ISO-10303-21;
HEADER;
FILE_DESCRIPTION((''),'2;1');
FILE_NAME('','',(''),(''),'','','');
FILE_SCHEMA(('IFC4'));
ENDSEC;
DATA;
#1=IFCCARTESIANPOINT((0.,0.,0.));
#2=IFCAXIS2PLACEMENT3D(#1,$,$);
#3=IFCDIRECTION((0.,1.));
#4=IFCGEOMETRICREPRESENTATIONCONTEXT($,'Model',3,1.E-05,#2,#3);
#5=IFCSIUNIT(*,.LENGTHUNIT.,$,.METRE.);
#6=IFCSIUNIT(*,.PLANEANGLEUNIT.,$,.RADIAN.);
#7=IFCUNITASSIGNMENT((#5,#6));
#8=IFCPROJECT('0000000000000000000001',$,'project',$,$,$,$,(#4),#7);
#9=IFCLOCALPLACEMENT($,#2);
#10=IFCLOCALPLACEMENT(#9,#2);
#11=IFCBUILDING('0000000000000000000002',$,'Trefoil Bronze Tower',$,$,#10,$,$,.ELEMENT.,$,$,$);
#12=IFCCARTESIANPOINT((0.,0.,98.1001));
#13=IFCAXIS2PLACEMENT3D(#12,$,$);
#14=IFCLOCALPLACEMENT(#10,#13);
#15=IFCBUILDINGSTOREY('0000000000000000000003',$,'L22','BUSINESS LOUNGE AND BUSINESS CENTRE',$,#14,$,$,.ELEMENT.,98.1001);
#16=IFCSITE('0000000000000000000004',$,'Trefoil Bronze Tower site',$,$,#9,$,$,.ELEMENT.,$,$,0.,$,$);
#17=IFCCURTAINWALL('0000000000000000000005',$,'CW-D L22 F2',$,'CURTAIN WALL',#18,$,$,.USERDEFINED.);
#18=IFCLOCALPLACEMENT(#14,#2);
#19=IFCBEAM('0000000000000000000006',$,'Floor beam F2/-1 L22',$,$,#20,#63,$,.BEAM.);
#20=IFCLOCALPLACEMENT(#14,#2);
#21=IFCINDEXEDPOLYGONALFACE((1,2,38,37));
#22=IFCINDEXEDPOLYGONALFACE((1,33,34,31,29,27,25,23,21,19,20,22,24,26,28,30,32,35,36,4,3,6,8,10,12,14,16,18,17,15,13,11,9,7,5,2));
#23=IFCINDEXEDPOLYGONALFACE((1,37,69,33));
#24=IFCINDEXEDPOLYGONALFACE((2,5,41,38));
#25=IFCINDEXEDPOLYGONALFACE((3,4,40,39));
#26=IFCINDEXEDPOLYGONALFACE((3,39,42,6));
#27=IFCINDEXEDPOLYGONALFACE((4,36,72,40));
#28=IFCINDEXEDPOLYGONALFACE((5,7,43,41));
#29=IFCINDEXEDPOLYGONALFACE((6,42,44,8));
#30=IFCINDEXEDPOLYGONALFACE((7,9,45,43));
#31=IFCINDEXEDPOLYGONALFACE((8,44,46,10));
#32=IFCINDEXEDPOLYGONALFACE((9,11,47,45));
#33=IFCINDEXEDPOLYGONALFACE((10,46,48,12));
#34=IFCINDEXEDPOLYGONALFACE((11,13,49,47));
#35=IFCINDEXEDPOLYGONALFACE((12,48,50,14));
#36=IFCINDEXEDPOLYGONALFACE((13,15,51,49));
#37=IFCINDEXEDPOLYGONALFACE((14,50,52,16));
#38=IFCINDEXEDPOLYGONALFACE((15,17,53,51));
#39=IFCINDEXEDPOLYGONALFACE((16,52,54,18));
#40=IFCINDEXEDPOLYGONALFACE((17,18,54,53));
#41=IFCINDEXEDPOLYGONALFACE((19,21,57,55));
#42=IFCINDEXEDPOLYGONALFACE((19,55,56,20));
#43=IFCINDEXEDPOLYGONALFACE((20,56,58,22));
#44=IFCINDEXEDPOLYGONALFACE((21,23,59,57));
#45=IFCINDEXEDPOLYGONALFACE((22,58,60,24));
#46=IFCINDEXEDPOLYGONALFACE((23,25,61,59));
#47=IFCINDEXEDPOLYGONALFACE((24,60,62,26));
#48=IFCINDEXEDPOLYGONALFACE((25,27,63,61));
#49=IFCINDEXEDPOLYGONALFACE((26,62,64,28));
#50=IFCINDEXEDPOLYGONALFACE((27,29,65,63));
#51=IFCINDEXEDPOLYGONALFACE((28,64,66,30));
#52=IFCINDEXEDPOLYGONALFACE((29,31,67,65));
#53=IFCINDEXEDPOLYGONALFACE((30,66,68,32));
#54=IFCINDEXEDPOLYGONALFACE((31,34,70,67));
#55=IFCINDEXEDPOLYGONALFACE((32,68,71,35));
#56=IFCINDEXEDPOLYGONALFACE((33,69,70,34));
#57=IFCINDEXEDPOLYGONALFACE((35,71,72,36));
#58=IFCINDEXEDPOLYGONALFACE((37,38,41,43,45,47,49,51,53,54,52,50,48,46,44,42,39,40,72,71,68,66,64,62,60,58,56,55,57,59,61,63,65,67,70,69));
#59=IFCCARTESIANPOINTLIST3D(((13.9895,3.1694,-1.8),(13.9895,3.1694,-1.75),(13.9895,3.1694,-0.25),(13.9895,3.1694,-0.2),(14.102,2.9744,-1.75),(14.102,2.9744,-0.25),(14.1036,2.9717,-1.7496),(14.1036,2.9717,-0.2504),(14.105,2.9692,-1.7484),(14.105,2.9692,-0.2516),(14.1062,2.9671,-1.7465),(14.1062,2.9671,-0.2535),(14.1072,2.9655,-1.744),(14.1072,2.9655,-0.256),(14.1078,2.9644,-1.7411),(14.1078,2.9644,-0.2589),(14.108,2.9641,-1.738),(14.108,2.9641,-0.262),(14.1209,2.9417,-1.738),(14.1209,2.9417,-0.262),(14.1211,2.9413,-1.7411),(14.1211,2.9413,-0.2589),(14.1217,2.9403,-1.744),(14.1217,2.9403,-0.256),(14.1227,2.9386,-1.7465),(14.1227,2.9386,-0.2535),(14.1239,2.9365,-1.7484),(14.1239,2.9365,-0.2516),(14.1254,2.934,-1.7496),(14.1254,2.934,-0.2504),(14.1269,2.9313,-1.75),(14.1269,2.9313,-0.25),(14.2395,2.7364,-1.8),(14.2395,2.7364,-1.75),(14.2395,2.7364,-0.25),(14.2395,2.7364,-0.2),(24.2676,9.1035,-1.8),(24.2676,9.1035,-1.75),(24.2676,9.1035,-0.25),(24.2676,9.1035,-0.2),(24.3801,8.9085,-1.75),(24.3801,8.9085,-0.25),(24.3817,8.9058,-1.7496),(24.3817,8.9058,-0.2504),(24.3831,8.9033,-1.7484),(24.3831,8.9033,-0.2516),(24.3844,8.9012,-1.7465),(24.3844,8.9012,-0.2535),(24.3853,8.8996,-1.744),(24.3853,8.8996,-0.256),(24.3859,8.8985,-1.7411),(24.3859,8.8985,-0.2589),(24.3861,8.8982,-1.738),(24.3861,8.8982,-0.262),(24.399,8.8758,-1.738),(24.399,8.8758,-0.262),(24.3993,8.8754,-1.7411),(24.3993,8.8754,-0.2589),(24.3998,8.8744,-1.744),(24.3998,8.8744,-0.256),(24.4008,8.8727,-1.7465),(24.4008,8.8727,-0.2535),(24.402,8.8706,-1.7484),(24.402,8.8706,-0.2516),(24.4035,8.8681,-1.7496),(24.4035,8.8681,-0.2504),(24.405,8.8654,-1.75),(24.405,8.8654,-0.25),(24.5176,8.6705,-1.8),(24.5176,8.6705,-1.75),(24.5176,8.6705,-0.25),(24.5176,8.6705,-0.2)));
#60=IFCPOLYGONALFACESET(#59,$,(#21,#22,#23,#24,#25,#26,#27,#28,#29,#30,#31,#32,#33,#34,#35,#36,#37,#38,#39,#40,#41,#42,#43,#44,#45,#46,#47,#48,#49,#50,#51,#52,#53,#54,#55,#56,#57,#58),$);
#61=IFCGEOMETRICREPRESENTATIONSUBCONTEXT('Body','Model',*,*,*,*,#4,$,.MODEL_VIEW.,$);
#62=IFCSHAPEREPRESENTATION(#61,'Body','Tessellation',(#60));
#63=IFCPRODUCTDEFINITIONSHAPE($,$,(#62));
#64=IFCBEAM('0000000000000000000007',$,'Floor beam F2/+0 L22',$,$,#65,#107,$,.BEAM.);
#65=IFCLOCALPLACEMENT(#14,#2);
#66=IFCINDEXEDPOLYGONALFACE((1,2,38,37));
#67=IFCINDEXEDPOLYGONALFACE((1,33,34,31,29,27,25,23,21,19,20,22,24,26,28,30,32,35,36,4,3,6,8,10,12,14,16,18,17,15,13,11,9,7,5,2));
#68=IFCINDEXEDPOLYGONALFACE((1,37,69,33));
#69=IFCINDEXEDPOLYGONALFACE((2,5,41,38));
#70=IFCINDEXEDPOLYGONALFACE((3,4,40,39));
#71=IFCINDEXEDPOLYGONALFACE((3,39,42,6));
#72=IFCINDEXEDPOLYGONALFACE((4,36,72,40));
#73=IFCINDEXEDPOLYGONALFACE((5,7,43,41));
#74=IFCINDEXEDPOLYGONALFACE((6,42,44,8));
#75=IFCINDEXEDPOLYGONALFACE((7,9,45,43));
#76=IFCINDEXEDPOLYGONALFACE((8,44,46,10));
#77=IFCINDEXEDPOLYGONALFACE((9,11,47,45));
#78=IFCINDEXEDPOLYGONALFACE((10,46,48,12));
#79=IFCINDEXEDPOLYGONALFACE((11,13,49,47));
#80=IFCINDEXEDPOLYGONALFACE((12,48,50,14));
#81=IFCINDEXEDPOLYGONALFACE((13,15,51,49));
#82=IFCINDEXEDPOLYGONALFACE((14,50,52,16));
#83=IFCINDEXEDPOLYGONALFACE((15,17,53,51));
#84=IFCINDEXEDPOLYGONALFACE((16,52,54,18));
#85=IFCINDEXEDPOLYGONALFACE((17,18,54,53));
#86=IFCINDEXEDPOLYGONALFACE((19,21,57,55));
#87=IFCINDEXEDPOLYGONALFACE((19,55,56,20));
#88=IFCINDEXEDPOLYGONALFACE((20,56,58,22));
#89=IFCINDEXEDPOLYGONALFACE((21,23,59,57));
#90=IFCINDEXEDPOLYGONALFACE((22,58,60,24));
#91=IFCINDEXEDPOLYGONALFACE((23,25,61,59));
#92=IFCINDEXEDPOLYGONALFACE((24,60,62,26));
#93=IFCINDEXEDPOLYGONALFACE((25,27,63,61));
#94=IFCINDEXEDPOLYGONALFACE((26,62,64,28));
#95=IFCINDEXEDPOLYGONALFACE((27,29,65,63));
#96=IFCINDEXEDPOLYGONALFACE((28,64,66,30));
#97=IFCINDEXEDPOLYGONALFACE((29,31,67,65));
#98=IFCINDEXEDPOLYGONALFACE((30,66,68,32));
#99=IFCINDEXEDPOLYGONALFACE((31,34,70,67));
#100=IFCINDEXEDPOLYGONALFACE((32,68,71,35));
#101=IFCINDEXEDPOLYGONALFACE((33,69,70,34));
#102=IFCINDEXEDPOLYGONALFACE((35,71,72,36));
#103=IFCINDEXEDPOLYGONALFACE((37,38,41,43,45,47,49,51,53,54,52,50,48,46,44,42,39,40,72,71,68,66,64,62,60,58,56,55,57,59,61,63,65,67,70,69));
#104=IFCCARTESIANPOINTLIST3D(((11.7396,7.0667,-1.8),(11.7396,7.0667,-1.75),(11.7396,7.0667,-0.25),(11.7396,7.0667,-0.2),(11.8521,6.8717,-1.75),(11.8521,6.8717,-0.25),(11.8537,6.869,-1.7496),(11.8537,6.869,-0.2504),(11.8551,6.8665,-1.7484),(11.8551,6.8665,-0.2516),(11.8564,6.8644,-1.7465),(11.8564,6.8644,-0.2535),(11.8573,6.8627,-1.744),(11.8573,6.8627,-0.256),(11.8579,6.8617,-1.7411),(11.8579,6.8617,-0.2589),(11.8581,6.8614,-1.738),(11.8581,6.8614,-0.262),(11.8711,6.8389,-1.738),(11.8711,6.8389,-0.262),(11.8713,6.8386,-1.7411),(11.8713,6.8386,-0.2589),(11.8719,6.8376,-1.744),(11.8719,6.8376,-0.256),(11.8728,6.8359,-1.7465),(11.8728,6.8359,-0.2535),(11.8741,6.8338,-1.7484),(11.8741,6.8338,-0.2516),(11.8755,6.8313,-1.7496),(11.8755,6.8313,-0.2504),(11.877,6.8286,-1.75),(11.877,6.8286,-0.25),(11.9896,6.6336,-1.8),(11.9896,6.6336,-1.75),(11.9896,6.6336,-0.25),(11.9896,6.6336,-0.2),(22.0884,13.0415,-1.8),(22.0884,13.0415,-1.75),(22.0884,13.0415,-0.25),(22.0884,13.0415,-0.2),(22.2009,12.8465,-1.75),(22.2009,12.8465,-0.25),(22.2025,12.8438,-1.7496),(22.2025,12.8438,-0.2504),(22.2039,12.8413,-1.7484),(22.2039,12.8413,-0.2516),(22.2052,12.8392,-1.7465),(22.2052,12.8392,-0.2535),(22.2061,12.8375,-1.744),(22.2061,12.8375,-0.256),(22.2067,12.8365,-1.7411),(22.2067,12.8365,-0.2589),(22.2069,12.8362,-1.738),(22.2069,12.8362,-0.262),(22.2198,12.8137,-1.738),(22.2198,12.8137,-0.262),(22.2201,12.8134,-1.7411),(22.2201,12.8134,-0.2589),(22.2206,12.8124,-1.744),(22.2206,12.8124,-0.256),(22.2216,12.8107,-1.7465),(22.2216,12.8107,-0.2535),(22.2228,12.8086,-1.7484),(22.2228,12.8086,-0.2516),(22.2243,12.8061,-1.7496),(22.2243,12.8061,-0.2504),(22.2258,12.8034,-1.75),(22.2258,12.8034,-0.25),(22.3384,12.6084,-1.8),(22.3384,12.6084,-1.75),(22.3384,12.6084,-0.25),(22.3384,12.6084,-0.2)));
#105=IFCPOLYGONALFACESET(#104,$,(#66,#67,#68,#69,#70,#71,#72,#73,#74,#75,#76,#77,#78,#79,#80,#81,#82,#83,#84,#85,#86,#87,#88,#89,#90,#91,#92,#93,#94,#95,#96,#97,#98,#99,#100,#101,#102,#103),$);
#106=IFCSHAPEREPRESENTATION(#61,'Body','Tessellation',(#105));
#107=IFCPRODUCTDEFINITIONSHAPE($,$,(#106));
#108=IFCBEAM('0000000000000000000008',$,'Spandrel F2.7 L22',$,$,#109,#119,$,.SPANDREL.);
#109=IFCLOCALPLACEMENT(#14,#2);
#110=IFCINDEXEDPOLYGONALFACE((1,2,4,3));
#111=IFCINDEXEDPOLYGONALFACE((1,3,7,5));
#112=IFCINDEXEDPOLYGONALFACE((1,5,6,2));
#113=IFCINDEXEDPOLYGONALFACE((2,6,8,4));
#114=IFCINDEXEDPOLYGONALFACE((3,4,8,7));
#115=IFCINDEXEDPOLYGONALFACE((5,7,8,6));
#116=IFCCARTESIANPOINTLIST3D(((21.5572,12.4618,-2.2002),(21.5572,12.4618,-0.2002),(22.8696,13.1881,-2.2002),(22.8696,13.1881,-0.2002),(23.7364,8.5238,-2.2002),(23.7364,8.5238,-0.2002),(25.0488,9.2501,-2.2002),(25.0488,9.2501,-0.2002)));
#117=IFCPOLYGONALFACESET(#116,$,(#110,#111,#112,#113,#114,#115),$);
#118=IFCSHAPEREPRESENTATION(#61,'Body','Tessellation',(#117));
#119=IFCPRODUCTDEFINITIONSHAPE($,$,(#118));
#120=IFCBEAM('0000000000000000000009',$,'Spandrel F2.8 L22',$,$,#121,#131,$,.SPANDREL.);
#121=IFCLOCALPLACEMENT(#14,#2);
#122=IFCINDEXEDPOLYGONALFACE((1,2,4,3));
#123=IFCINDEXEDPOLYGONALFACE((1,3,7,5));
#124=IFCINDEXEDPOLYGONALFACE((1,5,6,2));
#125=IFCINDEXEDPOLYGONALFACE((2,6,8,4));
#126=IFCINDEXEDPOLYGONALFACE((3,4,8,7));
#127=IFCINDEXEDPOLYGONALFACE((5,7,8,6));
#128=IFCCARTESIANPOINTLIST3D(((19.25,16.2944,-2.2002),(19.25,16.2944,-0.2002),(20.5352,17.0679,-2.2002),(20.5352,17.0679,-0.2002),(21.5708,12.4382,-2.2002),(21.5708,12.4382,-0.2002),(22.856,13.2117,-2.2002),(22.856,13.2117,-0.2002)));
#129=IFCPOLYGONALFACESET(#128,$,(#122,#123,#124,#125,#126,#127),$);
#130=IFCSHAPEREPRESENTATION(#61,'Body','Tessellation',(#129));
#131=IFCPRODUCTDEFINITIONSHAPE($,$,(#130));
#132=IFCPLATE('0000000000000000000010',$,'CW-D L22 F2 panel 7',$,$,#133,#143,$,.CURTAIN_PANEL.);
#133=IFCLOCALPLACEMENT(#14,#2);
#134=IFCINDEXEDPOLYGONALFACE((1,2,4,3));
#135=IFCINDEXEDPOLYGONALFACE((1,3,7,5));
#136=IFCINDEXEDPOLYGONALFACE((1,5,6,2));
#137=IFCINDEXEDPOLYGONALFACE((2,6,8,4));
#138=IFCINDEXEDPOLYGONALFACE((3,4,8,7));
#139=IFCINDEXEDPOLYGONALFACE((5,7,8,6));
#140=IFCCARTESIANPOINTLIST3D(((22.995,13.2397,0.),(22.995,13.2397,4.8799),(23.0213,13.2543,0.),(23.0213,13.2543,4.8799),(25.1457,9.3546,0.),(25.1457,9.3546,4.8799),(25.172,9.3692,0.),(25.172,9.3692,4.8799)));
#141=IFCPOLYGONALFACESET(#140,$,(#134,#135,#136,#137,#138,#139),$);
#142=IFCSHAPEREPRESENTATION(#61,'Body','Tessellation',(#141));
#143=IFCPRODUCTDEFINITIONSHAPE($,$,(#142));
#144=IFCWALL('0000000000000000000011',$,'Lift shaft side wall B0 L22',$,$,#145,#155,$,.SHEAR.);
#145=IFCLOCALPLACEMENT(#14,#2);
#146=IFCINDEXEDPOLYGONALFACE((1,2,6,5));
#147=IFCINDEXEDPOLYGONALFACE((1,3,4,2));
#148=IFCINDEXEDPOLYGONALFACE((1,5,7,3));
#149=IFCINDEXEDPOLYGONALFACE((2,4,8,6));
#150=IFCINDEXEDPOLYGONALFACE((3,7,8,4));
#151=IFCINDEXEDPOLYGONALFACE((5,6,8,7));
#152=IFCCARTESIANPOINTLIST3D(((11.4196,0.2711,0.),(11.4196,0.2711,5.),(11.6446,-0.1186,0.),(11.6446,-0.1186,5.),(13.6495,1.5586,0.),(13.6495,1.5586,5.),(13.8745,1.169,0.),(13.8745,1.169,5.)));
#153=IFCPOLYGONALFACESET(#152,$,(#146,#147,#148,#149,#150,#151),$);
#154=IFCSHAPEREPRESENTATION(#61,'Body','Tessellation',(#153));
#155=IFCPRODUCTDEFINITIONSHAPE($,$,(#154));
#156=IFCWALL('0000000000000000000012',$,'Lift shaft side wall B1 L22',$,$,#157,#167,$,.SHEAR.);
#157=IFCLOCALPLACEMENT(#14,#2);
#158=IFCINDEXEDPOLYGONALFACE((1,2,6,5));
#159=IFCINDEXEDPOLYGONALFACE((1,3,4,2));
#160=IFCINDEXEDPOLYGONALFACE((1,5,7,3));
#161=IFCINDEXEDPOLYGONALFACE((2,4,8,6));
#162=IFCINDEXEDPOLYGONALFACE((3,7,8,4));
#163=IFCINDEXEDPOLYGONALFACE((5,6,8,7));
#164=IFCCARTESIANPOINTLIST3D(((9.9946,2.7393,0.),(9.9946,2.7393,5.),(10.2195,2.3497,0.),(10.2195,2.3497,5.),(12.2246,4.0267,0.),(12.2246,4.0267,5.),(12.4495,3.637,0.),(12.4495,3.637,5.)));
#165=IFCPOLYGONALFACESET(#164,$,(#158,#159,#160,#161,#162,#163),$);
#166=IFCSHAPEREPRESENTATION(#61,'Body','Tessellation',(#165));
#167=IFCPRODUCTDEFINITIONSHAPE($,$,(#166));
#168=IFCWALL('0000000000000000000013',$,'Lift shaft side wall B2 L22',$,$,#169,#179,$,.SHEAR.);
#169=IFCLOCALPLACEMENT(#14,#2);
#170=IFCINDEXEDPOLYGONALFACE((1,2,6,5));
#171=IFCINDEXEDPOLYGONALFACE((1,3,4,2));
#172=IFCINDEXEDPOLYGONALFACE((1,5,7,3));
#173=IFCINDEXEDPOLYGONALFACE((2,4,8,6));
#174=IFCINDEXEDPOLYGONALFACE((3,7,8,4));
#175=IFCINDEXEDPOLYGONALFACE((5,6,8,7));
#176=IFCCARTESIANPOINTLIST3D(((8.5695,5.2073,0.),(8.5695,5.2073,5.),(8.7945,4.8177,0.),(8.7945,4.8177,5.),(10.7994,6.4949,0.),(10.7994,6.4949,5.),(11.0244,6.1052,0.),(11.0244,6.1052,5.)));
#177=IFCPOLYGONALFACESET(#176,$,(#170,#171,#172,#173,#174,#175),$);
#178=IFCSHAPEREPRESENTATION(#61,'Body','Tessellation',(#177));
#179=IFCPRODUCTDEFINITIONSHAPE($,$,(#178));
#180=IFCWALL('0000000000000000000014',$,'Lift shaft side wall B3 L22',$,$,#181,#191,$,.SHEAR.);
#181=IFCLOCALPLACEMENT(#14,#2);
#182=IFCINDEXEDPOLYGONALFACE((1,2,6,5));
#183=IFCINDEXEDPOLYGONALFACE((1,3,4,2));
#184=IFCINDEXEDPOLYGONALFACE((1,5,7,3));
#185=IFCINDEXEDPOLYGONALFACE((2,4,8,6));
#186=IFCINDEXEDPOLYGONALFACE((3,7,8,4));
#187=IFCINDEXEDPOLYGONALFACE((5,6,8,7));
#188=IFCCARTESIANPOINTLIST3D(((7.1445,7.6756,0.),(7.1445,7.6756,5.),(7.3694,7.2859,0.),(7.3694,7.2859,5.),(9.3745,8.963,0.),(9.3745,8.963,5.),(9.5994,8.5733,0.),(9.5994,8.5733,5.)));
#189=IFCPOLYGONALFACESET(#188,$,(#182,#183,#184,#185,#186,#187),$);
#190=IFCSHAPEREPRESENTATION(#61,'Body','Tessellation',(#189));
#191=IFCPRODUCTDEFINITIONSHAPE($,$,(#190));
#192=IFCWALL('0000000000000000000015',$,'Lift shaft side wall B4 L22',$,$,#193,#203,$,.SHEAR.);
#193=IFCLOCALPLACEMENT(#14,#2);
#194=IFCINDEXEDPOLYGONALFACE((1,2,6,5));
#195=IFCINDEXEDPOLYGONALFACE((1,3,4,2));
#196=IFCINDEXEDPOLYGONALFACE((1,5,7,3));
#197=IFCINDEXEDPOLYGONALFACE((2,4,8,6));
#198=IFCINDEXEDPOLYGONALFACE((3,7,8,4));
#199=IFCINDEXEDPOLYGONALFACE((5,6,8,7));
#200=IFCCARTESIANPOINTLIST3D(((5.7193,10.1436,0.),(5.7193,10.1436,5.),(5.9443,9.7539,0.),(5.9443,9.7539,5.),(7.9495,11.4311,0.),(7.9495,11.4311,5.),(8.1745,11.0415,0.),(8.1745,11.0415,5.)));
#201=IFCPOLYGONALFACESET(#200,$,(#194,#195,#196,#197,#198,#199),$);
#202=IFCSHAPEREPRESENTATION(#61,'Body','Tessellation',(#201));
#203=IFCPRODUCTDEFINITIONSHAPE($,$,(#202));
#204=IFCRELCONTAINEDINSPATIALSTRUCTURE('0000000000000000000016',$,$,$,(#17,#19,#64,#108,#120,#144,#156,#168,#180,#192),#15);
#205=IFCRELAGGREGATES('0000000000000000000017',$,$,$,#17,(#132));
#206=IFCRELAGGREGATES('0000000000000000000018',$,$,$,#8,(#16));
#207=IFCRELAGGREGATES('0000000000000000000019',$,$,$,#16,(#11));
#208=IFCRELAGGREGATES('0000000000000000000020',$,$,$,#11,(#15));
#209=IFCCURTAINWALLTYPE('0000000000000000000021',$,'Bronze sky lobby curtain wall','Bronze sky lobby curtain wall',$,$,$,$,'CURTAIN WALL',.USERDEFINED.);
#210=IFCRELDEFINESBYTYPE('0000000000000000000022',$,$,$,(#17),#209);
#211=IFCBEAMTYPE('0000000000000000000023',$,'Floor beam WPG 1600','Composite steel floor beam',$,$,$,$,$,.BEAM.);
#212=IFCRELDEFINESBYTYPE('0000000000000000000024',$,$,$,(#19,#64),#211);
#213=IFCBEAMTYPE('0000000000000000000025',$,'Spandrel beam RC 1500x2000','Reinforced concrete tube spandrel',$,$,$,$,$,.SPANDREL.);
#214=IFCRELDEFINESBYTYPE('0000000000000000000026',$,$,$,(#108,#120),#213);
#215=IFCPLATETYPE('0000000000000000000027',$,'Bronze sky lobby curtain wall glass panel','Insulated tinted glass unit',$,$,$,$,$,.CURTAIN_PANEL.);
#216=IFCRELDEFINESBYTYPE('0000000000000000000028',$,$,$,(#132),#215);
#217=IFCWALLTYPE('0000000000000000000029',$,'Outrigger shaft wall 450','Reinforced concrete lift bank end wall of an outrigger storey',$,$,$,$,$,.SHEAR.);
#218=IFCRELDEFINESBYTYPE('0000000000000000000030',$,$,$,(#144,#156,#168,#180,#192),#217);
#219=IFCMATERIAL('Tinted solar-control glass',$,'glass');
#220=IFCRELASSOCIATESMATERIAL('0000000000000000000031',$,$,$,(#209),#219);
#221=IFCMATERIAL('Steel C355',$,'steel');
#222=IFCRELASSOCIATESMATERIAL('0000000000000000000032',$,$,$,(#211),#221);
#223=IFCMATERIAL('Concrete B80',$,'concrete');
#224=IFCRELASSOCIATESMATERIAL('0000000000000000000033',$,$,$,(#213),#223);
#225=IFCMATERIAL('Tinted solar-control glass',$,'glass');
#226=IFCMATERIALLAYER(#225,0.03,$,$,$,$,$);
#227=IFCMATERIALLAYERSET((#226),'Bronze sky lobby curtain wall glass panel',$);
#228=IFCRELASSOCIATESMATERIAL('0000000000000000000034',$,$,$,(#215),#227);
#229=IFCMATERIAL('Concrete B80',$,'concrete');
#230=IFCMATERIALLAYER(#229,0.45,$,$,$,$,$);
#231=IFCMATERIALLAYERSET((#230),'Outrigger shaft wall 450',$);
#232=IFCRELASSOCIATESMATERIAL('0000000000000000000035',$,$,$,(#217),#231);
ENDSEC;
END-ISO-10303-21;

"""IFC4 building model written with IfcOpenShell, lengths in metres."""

from ifc_helpers import new_model, si_unit, direction, frame, frame_2d, origin, origin_2d, place, context, subcontext, project, spatial, rectangle, i_section, extrude, material, layer, layer_set, material_profile, profile_set, type_object, element, aggregate, save


model = new_model("IFC4")

# Units and contexts
model_context = context("Model", 3, precision=1e-05, world=origin(), true_north=direction((0.0, 1.0)))
body_context = subcontext(model_context, "Body", "Model", "MODEL_VIEW")
ifc_project = project(units=[si_unit("LENGTHUNIT", "METRE"), si_unit("PLANEANGLEUNIT", "RADIAN")], contexts=[model_context])

# Site, building, storey
site_placement = place(None, origin())
site = spatial("IfcSite", under=ifc_project, at=site_placement, Name="Trefoil Bronze Tower site", CompositionType="ELEMENT", RefElevation=0.0)
building_placement = place(site_placement, origin())
building = spatial("IfcBuilding", under=site, at=building_placement, Name="Trefoil Bronze Tower", CompositionType="ELEMENT")
storey_placement = place(building_placement, frame((0.0, 0.0, 98.1001)))
storey = spatial("IfcBuildingStorey", under=building, at=storey_placement, Name="L22", Description="BUSINESS LOUNGE AND BUSINESS CENTRE", CompositionType="ELEMENT", Elevation=98.1001)

# Curtain wall
ifc_material_1 = material(Name="Tinted solar-control glass", Category="glass")
curtain_wall_type = type_object("IfcCurtainWallType", Name="Bronze sky lobby curtain wall", Description="Bronze sky lobby curtain wall", ElementType="CURTAIN WALL", PredefinedType="USERDEFINED", material=ifc_material_1)
curtain_wall_placement = place(storey_placement, origin())
curtain_wall = element("IfcCurtainWall", 1, at=curtain_wall_placement, inside=storey, type_object=curtain_wall_type, Name="CW-D L22 F2", ObjectType="CURTAIN WALL", PredefinedType="USERDEFINED")

# Beams
ifc_material_2 = material(Name="Steel C355", Category="steel")
ifc_material_profile_1 = material_profile(ifc_material_2, i_section(OverallWidth=0.5, OverallDepth=1.6001, WebThickness=0.0259, FlangeThickness=0.05, FilletRadius=0.012, at=origin_2d()), Name="WPG 1600")
ifc_profile_set_1 = profile_set([ifc_material_profile_1], Name="Steel C355")
beam_type_1 = type_object("IfcBeamType", Name="Floor beam WPG 1600", Description="Composite steel floor beam", PredefinedType="BEAM", material=ifc_profile_set_1)
beam_1_placement = place(storey_placement, frame((24.3926, 8.887, -1.0), z_axis=(-0.866024, -0.500002, 0.0), x_axis=(0.500002, -0.866024, 0.0)))
element("IfcBeam", 2, at=beam_1_placement, inside=storey, type_object=beam_type_1, Name="Floor beam F2/-1 L22", PredefinedType="BEAM", context=body_context, shape_type="SweptSolid", body=[
    extrude(i_section(OverallWidth=0.5, OverallDepth=1.6001, WebThickness=0.0259, FlangeThickness=0.05, FilletRadius=0.012, at=origin_2d()), origin(), (0.0, 0.0, 1.0), 11.8682),
])
beam_2_placement = place(storey_placement, frame((22.2134, 12.825, -1.0), z_axis=(-0.866028, -0.499995, 0.0), x_axis=(0.499995, -0.866028, 0.0)))
element("IfcBeam", 3, at=beam_2_placement, inside=storey, type_object=beam_type_1, Name="Floor beam F2/+0 L22", PredefinedType="BEAM", context=body_context, shape_type="SweptSolid", body=[
    extrude(i_section(OverallWidth=0.5, OverallDepth=1.6001, WebThickness=0.0259, FlangeThickness=0.05, FilletRadius=0.012, at=origin_2d()), origin(), (0.0, 0.0, 1.0), 11.9497),
])
ifc_material_3 = material(Name="Concrete B80", Category="concrete")
ifc_material_profile_2 = material_profile(ifc_material_3, rectangle(XDim=1.5, YDim=2.0, at=origin_2d()), Name="RC 1500x2000")
ifc_profile_set_2 = profile_set([ifc_material_profile_2], Name="Concrete B80")
beam_type_2 = type_object("IfcBeamType", Name="Spandrel beam RC 1500x2000", Description="Reinforced concrete tube spandrel", PredefinedType="SPANDREL", material=ifc_profile_set_2)
for number, where, z_axis, x_axis, name in (
    (4, (24.3926, 8.887, -1.2002), (-0.484187, 0.874965, 0.0), (-0.874965, -0.484187, 0.0), "Spandrel F2.7 L22"),
    (5, (22.2134, 12.825, -1.2002), (-0.515652, 0.856798, 0.0), (-0.856798, -0.515652, 0.0), "Spandrel F2.8 L22"),
):
    element("IfcBeam", number, at=place(storey_placement, frame(where, z_axis=z_axis, x_axis=x_axis)), inside=storey, type_object=beam_type_2, Name=name, PredefinedType="SPANDREL", context=body_context, shape_type="SweptSolid", body=[
        extrude(rectangle(XDim=1.5, YDim=2.0, at=origin_2d()), origin(), (0.0, 0.0, 1.0), 4.5007),
    ])

# Plate
ifc_material_4 = material(Name="Tinted solar-control glass", Category="glass")
ifc_layer_1 = layer(ifc_material_4, 0.03)
ifc_layer_set_1 = layer_set([ifc_layer_1], Name="Bronze sky lobby curtain wall glass panel")
plate_type = type_object("IfcPlateType", Name="Bronze sky lobby curtain wall glass panel", Description="Insulated tinted glass unit", PredefinedType="CURTAIN_PANEL", material=ifc_layer_set_1)
plate_placement = place(storey_placement, frame((24.0835, 11.3044, 0.0), z_axis=(0.0, 0.0, 1.0), x_axis=(-0.484312, 0.874895, 0.0)))
plate = element("IfcPlate", 6, at=plate_placement, type_object=plate_type, Name="CW-D L22 F2 panel 7", PredefinedType="CURTAIN_PANEL", context=body_context, shape_type="SweptSolid", body=[
    extrude(rectangle(XDim=4.4407, YDim=0.03, at=origin_2d()), origin(), (0.0, 0.0, 1.0), 4.8799),
])
aggregate(curtain_wall, [plate])

# Walls
ifc_material_5 = material(Name="Concrete B80", Category="concrete")
ifc_layer_2 = layer(ifc_material_5, 0.45)
ifc_layer_set_2 = layer_set([ifc_layer_2], Name="Outrigger shaft wall 450")
wall_type_1 = type_object("IfcWallType", Name="Outrigger shaft wall 450", Description="Reinforced concrete lift bank end wall of an outrigger storey", PredefinedType="SHEAR", material=ifc_layer_set_2)
for number, where, z_axis, x_axis, name in (
    (7, (11.532, 0.0762, 0.0), (0.0, 0.0, 1.0), (0.866006, 0.500034, 0.0), "Lift shaft side wall B0 L22"),
    (8, (10.1069, 2.5444, 0.0), (0.0, 0.0, 1.0), (0.866047, 0.499963, 0.0), "Lift shaft side wall B1 L22"),
    (9, (8.6819, 5.0125, 0.0), (0.0, 0.0, 1.0), (0.866006, 0.500034, 0.0), "Lift shaft side wall B2 L22"),
    (10, (7.2568, 7.4807, 0.0), (0.0, 0.0, 1.0), (0.866047, 0.499963, 0.0), "Lift shaft side wall B3 L22"),
):
    element("IfcWall", number, at=place(storey_placement, frame(where, z_axis=z_axis, x_axis=x_axis)), inside=storey, type_object=wall_type_1, Name=name, PredefinedType="SHEAR", context=body_context, shape_type="SweptSolid", body=[
        extrude(rectangle(XDim=2.575, YDim=0.45, at=frame_2d((1.2876, 0.0))), origin(), (0.0, 0.0, 1.0), 5.0),
    ])
wall_1_placement = place(storey_placement, frame((5.8318, 9.9487, 0.0), z_axis=(0.0, 0.0, 1.0), x_axis=(0.866029, 0.499993, 0.0)))
element("IfcWall", 11, at=wall_1_placement, inside=storey, type_object=wall_type_1, Name="Lift shaft side wall B4 L22", PredefinedType="SHEAR", context=body_context, shape_type="SweptSolid", body=[
    extrude(rectangle(XDim=2.5752, YDim=0.45, at=frame_2d((1.2876, 0.0))), origin(), (0.0, 0.0, 1.0), 5.0),
])

save(model, "model.ifc")
